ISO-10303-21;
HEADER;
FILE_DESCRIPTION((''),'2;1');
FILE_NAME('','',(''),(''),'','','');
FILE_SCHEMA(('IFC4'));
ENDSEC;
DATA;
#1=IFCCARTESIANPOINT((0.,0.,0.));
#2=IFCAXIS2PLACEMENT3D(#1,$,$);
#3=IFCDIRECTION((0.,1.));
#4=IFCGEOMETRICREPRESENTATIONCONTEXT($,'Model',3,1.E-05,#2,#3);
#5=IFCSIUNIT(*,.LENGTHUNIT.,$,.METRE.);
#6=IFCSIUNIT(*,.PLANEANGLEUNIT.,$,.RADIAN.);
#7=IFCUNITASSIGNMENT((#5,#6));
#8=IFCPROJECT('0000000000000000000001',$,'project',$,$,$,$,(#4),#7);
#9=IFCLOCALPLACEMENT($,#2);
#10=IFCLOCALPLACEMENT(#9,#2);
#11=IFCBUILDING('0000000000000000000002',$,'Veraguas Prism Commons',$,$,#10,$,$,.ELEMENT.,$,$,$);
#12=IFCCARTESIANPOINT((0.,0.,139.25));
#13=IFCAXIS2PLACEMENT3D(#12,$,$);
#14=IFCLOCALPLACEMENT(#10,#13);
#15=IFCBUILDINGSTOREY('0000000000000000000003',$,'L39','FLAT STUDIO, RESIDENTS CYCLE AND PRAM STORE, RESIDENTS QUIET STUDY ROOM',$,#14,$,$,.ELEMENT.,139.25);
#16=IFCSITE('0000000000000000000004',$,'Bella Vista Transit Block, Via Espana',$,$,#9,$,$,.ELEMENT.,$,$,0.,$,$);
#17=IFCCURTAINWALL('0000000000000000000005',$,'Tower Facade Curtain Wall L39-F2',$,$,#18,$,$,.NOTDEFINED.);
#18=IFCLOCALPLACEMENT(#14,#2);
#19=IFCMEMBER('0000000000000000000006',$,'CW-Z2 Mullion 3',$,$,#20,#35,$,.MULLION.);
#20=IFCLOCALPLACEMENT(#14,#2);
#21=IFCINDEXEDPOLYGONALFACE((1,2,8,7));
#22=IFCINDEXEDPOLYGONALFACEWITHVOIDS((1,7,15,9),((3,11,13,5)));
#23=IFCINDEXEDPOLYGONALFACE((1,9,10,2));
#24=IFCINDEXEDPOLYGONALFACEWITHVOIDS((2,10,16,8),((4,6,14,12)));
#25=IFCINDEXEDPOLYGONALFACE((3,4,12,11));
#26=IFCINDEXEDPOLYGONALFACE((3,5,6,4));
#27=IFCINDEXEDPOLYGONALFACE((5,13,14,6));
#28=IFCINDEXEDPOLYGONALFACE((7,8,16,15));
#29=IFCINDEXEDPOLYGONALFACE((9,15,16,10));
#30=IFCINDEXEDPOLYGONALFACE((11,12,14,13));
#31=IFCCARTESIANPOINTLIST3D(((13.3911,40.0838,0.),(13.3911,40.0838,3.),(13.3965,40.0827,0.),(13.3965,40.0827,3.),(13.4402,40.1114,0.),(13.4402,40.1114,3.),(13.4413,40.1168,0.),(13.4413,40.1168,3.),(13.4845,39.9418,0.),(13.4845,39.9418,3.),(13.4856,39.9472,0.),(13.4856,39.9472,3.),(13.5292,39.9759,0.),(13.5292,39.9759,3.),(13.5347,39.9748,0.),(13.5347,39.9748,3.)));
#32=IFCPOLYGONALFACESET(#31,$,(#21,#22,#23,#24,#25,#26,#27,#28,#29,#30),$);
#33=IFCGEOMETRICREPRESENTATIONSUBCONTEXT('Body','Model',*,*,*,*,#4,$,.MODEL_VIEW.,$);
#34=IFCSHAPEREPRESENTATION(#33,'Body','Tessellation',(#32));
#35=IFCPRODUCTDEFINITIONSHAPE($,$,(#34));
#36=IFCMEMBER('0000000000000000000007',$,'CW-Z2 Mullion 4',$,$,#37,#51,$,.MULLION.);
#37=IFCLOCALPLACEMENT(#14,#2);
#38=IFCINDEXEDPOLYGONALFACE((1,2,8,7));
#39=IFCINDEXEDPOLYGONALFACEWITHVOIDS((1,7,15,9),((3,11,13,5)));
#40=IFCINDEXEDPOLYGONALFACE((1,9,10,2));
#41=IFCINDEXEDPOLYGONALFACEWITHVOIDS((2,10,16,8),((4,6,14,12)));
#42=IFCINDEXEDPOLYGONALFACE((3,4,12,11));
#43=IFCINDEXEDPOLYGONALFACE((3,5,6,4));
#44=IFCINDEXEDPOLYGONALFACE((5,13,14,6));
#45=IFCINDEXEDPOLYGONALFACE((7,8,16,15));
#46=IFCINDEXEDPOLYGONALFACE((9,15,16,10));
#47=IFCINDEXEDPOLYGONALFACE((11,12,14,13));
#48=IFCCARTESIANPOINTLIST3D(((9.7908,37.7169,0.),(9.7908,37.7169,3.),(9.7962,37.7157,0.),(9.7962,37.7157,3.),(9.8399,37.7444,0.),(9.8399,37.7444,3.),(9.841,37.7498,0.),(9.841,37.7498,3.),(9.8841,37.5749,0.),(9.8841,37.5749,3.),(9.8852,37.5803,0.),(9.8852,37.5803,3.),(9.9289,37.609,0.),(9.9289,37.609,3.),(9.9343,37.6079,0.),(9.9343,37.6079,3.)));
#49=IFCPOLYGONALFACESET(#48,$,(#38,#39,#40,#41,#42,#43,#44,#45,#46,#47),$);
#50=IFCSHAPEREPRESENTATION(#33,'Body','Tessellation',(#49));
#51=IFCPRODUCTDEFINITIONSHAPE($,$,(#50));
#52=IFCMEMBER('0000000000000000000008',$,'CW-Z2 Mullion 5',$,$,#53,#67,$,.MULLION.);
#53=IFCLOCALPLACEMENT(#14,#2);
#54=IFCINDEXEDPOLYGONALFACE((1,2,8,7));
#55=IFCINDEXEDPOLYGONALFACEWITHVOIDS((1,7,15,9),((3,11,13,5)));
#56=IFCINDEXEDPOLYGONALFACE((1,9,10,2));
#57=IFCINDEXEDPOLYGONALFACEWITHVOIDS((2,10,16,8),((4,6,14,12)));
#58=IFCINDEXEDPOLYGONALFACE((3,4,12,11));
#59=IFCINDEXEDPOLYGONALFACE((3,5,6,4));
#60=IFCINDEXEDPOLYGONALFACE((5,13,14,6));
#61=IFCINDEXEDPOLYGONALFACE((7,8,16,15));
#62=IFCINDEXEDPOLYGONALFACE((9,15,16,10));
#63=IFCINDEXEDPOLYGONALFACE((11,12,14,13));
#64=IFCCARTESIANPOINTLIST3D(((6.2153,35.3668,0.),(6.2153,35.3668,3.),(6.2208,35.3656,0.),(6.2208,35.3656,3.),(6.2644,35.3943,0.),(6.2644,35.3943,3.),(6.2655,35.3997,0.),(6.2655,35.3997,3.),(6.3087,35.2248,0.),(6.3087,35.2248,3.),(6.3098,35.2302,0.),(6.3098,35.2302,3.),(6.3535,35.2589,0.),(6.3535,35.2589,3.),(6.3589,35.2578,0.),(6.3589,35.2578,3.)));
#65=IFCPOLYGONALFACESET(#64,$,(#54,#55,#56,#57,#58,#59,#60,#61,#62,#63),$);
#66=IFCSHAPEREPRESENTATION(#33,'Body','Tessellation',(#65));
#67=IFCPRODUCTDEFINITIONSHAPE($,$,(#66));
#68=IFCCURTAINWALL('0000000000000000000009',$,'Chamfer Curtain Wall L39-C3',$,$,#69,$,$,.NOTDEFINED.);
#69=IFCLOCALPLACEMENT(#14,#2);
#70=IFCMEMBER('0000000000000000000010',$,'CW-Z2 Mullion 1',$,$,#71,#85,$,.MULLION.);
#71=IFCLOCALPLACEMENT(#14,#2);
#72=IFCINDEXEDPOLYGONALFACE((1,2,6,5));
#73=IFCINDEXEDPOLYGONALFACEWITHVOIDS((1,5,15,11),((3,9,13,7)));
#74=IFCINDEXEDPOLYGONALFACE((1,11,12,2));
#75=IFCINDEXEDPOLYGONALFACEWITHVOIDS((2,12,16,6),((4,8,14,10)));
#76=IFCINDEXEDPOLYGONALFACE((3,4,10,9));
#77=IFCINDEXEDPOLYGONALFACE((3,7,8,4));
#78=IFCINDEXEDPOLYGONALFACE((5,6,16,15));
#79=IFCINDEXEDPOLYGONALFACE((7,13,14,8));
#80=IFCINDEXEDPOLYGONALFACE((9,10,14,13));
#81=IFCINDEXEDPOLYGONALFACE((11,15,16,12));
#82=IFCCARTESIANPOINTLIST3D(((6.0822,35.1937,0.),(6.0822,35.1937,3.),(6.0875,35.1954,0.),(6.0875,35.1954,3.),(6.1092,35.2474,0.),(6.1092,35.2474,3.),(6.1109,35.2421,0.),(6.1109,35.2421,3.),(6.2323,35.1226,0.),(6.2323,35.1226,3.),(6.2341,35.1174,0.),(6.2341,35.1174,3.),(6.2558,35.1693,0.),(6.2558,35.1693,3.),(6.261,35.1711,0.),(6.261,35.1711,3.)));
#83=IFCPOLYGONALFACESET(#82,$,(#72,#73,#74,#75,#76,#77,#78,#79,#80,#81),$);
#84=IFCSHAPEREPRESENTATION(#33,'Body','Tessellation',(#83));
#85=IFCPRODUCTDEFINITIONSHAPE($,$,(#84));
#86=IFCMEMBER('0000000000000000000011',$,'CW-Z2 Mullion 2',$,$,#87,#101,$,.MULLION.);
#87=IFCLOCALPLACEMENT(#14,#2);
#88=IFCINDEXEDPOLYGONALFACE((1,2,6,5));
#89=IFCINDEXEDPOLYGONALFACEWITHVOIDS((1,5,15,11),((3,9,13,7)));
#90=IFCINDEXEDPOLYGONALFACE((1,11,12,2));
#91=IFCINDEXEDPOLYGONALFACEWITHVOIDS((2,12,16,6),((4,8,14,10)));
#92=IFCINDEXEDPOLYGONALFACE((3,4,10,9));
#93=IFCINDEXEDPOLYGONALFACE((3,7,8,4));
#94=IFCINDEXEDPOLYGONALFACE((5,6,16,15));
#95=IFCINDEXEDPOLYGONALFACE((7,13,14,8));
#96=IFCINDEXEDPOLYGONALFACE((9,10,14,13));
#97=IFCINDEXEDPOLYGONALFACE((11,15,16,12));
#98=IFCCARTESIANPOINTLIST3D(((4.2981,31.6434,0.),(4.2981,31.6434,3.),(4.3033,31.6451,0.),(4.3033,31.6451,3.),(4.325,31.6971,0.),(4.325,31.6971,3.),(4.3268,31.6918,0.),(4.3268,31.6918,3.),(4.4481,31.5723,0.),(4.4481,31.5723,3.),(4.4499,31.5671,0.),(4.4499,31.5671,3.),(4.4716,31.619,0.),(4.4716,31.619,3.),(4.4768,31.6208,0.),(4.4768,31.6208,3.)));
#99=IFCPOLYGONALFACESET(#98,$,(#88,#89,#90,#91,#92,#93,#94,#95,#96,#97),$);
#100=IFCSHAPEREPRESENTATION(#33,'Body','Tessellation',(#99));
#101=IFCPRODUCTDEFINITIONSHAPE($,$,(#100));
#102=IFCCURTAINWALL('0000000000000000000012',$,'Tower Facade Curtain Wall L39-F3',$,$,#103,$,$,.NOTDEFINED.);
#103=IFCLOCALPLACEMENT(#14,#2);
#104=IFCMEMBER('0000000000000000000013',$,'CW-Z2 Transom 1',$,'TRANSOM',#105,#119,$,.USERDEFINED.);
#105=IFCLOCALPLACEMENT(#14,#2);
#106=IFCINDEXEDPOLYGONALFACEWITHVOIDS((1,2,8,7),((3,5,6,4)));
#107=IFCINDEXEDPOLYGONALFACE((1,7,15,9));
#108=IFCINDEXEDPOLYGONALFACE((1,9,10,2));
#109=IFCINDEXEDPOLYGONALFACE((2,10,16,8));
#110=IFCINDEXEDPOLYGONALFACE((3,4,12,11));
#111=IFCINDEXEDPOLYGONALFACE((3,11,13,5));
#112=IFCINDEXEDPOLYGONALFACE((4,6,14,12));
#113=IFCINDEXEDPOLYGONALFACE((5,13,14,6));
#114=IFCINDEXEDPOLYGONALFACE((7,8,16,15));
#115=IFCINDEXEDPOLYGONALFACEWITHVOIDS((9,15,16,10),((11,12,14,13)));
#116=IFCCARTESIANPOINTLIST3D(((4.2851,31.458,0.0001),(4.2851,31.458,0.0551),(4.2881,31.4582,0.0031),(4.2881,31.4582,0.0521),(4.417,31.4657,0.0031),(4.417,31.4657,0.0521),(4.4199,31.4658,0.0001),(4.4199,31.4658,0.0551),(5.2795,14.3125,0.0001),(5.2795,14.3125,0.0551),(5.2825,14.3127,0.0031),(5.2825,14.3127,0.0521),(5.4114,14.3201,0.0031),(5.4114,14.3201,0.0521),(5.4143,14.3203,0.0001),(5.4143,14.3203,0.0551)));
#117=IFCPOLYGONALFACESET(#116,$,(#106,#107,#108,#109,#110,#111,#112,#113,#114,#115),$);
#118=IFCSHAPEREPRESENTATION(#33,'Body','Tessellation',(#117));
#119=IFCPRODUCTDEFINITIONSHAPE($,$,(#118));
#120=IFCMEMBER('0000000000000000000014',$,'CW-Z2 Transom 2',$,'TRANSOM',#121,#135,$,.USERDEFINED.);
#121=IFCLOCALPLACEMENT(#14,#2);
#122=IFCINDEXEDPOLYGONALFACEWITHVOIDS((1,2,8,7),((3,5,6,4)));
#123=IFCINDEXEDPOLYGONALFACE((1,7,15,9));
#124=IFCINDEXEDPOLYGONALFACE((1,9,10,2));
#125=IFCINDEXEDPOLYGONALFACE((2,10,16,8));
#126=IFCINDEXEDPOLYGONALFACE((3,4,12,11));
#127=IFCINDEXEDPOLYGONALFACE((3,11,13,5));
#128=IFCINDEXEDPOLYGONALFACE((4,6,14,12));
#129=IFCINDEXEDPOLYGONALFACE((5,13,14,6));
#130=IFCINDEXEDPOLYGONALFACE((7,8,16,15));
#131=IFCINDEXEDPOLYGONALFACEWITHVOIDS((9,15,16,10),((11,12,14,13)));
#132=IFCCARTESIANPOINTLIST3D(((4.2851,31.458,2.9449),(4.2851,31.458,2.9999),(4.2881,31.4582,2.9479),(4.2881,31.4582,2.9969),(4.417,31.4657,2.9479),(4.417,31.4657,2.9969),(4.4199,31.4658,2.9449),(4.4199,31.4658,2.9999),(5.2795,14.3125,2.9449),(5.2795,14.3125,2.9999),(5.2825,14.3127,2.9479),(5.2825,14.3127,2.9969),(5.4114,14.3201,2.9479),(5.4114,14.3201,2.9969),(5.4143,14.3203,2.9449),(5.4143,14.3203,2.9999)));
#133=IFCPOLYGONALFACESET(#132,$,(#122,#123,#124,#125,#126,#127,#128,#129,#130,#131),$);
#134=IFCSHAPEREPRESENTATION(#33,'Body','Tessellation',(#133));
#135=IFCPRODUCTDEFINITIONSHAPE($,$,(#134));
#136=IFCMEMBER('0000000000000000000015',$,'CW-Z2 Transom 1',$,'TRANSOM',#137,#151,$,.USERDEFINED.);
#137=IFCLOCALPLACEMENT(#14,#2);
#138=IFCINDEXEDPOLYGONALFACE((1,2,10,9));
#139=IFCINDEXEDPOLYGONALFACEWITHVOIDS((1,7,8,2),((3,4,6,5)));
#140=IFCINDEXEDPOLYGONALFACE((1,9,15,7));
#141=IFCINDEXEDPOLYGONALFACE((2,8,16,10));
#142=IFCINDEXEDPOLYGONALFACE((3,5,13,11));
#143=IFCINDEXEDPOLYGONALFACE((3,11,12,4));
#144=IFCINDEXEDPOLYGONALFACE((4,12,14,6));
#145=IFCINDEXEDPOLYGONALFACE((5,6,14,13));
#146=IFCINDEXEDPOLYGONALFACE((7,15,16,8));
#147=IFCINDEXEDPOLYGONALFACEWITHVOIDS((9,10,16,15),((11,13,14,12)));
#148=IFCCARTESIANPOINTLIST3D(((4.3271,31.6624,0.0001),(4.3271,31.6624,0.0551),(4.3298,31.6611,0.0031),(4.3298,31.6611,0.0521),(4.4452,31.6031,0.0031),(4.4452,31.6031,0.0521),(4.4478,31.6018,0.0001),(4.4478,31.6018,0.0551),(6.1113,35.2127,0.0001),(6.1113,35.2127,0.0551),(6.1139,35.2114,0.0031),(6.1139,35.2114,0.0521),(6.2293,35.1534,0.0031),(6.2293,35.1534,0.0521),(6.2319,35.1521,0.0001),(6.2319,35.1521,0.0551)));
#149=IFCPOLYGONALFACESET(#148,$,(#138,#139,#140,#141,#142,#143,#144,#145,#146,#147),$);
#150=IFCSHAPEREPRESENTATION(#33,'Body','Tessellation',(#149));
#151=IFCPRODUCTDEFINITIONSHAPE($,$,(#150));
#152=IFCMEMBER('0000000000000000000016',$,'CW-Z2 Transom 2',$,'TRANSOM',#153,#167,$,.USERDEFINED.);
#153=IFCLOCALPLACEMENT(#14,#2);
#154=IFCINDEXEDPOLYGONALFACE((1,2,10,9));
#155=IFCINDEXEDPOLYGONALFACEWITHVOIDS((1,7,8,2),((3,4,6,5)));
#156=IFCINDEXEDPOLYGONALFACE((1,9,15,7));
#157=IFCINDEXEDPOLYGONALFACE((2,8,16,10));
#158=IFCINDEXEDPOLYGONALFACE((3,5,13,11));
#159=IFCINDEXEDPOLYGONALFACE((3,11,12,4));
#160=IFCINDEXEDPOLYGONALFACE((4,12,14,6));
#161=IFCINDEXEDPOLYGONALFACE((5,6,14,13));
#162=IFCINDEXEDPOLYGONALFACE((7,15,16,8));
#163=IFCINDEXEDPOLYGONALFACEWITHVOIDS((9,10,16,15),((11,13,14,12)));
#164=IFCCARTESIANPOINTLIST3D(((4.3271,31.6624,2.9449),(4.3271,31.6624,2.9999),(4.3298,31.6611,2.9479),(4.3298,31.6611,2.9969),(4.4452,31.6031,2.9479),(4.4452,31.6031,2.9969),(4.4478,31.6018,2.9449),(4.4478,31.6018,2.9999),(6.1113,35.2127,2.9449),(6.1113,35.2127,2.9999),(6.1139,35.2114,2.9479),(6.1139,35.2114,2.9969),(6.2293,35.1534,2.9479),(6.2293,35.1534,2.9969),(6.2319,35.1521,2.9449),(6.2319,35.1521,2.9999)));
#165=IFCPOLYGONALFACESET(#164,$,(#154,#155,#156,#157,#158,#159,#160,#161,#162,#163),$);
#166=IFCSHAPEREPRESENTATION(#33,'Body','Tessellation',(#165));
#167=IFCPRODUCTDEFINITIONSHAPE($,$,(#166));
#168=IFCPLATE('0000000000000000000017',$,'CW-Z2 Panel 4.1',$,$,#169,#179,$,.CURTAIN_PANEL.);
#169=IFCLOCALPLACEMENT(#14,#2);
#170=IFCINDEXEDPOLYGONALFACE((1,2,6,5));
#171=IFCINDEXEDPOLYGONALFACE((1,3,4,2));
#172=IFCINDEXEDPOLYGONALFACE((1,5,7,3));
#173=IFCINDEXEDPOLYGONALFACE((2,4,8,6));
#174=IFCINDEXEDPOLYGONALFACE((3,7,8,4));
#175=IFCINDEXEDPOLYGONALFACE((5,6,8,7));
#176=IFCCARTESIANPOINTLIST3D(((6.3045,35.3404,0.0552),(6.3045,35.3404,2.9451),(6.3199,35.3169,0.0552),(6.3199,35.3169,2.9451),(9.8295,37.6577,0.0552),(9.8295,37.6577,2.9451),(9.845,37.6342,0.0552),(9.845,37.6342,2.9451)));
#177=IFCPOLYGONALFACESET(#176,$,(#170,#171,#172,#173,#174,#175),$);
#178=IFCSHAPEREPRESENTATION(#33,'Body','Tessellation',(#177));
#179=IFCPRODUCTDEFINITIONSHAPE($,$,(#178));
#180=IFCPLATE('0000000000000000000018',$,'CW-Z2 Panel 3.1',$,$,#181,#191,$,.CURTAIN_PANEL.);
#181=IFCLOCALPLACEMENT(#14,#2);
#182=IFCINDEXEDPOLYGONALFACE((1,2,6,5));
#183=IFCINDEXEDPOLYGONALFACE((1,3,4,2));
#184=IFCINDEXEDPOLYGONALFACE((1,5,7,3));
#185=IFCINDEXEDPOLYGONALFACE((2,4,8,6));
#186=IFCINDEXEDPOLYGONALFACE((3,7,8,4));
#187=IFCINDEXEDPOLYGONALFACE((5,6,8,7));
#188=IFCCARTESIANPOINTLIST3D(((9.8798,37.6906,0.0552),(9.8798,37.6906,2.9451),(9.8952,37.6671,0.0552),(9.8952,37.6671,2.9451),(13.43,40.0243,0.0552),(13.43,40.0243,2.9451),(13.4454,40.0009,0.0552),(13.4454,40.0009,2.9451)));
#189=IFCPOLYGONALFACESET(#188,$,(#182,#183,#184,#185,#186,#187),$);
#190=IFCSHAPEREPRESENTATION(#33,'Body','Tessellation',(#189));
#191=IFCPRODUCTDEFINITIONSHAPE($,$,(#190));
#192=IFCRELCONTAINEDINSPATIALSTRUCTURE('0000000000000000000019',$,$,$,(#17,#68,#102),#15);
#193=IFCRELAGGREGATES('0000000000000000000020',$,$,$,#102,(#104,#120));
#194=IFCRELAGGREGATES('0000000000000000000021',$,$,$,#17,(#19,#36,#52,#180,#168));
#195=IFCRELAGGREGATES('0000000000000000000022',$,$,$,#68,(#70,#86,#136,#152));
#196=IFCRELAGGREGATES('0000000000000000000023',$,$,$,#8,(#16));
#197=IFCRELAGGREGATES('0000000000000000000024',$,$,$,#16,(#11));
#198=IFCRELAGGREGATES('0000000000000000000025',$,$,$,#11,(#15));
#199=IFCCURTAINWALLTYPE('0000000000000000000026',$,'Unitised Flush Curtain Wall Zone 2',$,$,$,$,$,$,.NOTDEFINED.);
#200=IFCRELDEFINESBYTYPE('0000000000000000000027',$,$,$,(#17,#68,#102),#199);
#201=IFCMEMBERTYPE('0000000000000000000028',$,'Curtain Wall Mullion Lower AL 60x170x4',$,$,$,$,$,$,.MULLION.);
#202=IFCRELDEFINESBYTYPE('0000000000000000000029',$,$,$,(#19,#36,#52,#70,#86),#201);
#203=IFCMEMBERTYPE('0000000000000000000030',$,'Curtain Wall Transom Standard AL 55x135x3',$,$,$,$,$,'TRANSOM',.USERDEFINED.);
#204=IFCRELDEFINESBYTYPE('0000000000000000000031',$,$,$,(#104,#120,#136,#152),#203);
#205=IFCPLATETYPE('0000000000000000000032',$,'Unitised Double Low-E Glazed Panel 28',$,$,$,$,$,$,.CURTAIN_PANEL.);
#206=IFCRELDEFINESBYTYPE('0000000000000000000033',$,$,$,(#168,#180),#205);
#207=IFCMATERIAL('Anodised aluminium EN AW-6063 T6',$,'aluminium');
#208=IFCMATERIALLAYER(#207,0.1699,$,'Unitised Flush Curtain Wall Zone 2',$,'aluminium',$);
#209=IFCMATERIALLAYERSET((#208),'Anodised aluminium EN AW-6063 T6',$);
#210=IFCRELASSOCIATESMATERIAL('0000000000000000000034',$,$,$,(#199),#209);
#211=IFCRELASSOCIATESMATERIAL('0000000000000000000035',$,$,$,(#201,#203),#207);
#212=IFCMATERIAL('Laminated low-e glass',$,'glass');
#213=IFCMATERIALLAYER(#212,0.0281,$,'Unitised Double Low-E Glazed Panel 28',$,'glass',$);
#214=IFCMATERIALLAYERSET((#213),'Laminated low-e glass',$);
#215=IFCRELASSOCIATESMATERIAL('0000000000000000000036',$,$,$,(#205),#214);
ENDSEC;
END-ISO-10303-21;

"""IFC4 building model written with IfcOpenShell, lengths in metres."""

from ifc_helpers import new_model, si_unit, direction, frame, origin, origin_2d, place, context, subcontext, project, spatial, rectangle, hollow_rectangle, extrude, source, transform, mapped, material, layer, layer_set, material_profile, profile_set, type_object, element, aggregate, save


model = new_model("IFC4")

# Units and contexts
model_context = context("Model", 3, precision=1e-05, world=origin(), true_north=direction((0.0, 1.0)))
body_context = subcontext(model_context, "Body", "Model", "MODEL_VIEW")
ifc_project = project(units=[si_unit("LENGTHUNIT", "METRE"), si_unit("PLANEANGLEUNIT", "RADIAN")], contexts=[model_context])

# Site, building, storey
site_placement = place(None, origin())
site = spatial("IfcSite", under=ifc_project, at=site_placement, Name="Bella Vista Transit Block, Via Espana", CompositionType="ELEMENT", RefElevation=0.0)
building_placement = place(site_placement, origin())
building = spatial("IfcBuilding", under=site, at=building_placement, Name="Veraguas Prism Commons", CompositionType="ELEMENT")
storey_placement = place(building_placement, frame((0.0, 0.0, 139.25)))
storey = spatial("IfcBuildingStorey", under=building, at=storey_placement, Name="L39", Description="FLAT STUDIO, RESIDENTS CYCLE AND PRAM STORE, RESIDENTS QUIET STUDY ROOM", CompositionType="ELEMENT", Elevation=139.25)

# Curtain walls, members
ifc_material_1 = material(Name="Anodised aluminium EN AW-6063 T6", Category="aluminium")
ifc_layer_1 = layer(ifc_material_1, 0.1699, Name="Unitised Flush Curtain Wall Zone 2", Category="aluminium")
ifc_layer_set_1 = layer_set([ifc_layer_1], Name="Anodised aluminium EN AW-6063 T6")
curtain_wall_type = type_object("IfcCurtainWallType", Name="Unitised Flush Curtain Wall Zone 2", PredefinedType="NOTDEFINED", material=ifc_layer_set_1)
curtain_wall_1_placement = place(storey_placement, origin())
curtain_wall_1 = element("IfcCurtainWall", 1, at=curtain_wall_1_placement, inside=storey, type_object=curtain_wall_type, Name="Tower Facade Curtain Wall L39-F2", PredefinedType="NOTDEFINED")
ifc_material_profile_1 = material_profile(ifc_material_1, hollow_rectangle(XDim=0.0601, YDim=0.1699, WallThickness=0.0039, at=origin_2d()), Name="AL60X170X4")
ifc_profile_set_1 = profile_set([ifc_material_profile_1], Name="Anodised aluminium EN AW-6063 T6")
member_type_1 = type_object("IfcMemberType", Name="Curtain Wall Mullion Lower AL 60x170x4", PredefinedType="MULLION", material=ifc_profile_set_1)
shared_shape_1 = source(origin(), body_context, "Body", "SweptSolid", [
    extrude(hollow_rectangle(XDim=0.0601, YDim=0.1699, WallThickness=0.0039, at=origin_2d()), origin(), (0.0, 0.0, 1.0), 3.0),
])
member_1_placement = place(storey_placement, frame((13.4629, 40.0293, 0.0), z_axis=(0.0, 0.0, 1.0), x_axis=(-0.83562, -0.549309, 0.0)))
member_1 = element("IfcMember", 2, at=member_1_placement, type_object=member_type_1, Name="CW-Z2 Mullion 3", PredefinedType="MULLION", context=body_context, shape_type="MappedRepresentation", body=[
    mapped(shared_shape_1, transform((0.0, 0.0, 0.0), scale=1.0)),
])
member_2_placement = place(storey_placement, frame((9.8625, 37.6624, 0.0), z_axis=(0.0, 0.0, 1.0), x_axis=(-0.83562, -0.549309, 0.0)))
member_2 = element("IfcMember", 3, at=member_2_placement, type_object=member_type_1, Name="CW-Z2 Mullion 4", PredefinedType="MULLION", context=body_context, shape_type="MappedRepresentation", body=[
    mapped(shared_shape_1, transform((0.0, 0.0, 0.0), scale=1.0)),
])
member_3_placement = place(storey_placement, frame((6.2871, 35.3123, 0.0), z_axis=(0.0, 0.0, 1.0), x_axis=(-0.83562, -0.549309, 0.0)))
member_3 = element("IfcMember", 4, at=member_3_placement, type_object=member_type_1, Name="CW-Z2 Mullion 5", PredefinedType="MULLION", context=body_context, shape_type="MappedRepresentation", body=[
    mapped(shared_shape_1, transform((0.0, 0.0, 0.0), scale=1.0)),
])
curtain_wall_2_placement = place(storey_placement, origin())
curtain_wall_2 = element("IfcCurtainWall", 5, at=curtain_wall_2_placement, inside=storey, type_object=curtain_wall_type, Name="Chamfer Curtain Wall L39-C3", PredefinedType="NOTDEFINED")
member_4_placement = place(storey_placement, frame((6.1716, 35.1824, 0.0), z_axis=(0.0, 0.0, 1.0), x_axis=(-0.449018, -0.893523, 0.0)))
member_4 = element("IfcMember", 6, at=member_4_placement, type_object=member_type_1, Name="CW-Z2 Mullion 1", PredefinedType="MULLION", context=body_context, shape_type="MappedRepresentation", body=[
    mapped(shared_shape_1, transform((0.0, 0.0, 0.0), scale=1.0)),
])
member_5_placement = place(storey_placement, frame((4.3875, 31.6321, 0.0), z_axis=(0.0, 0.0, 1.0), x_axis=(-0.449018, -0.893523, 0.0)))
member_5 = element("IfcMember", 7, at=member_5_placement, type_object=member_type_1, Name="CW-Z2 Mullion 2", PredefinedType="MULLION", context=body_context, shape_type="MappedRepresentation", body=[
    mapped(shared_shape_1, transform((0.0, 0.0, 0.0), scale=1.0)),
])
curtain_wall_3_placement = place(storey_placement, origin())
curtain_wall_3 = element("IfcCurtainWall", 8, at=curtain_wall_3_placement, inside=storey, type_object=curtain_wall_type, Name="Tower Facade Curtain Wall L39-F3", PredefinedType="NOTDEFINED")
ifc_material_profile_2 = material_profile(ifc_material_1, hollow_rectangle(XDim=0.0549, YDim=0.135, WallThickness=0.0029, at=origin_2d()), Name="AL55X135X3")
ifc_profile_set_2 = profile_set([ifc_material_profile_2], Name="Anodised aluminium EN AW-6063 T6")
member_type_2 = type_object("IfcMemberType", Name="Curtain Wall Transom Standard AL 55x135x3", ElementType="TRANSOM", PredefinedType="USERDEFINED", material=ifc_profile_set_2)
shared_shape_2 = source(origin(), body_context, "Body", "SweptSolid", [
    extrude(hollow_rectangle(XDim=0.0549, YDim=0.135, WallThickness=0.0029, at=origin_2d()), origin(), (0.0, 0.0, 1.0), 17.1743),
])
member_6_placement = place(storey_placement, frame((4.3525, 31.4619, 0.0276), z_axis=(0.0579, -0.998322, 0.0), x_axis=(0.0, 0.0, 1.0)))
member_6 = element("IfcMember", 9, at=member_6_placement, type_object=member_type_2, Name="CW-Z2 Transom 1", ObjectType="TRANSOM", PredefinedType="USERDEFINED", context=body_context, shape_type="MappedRepresentation", body=[
    mapped(shared_shape_2, transform((0.0, 0.0, 0.0), scale=1.0)),
])
member_7_placement = place(storey_placement, frame((4.3525, 31.4619, 2.9724), z_axis=(0.0579, -0.998322, 0.0), x_axis=(0.0, 0.0, 1.0)))
member_7 = element("IfcMember", 10, at=member_7_placement, type_object=member_type_2, Name="CW-Z2 Transom 2", ObjectType="TRANSOM", PredefinedType="USERDEFINED", context=body_context, shape_type="MappedRepresentation", body=[
    mapped(shared_shape_2, transform((0.0, 0.0, 0.0), scale=1.0)),
])
aggregate(curtain_wall_3, [member_6, member_7])

# Members
shared_shape_3 = source(origin(), body_context, "Body", "SweptSolid", [
    extrude(hollow_rectangle(XDim=0.0549, YDim=0.135, WallThickness=0.0029, at=origin_2d()), origin(), (0.0, 0.0, 1.0), 3.9734),
])
member_8_placement = place(storey_placement, frame((6.1716, 35.1824, 0.0276), z_axis=(-0.449031, -0.893516, 0.0), x_axis=(0.0, 0.0, 1.0)))
member_8 = element("IfcMember", 11, at=member_8_placement, type_object=member_type_2, Name="CW-Z2 Transom 1", ObjectType="TRANSOM", PredefinedType="USERDEFINED", context=body_context, shape_type="MappedRepresentation", body=[
    mapped(shared_shape_3, transform((0.0, 0.0, 0.0), scale=1.0)),
])
member_9_placement = place(storey_placement, frame((6.1716, 35.1824, 2.9724), z_axis=(-0.449031, -0.893516, 0.0), x_axis=(0.0, 0.0, 1.0)))
member_9 = element("IfcMember", 12, at=member_9_placement, type_object=member_type_2, Name="CW-Z2 Transom 2", ObjectType="TRANSOM", PredefinedType="USERDEFINED", context=body_context, shape_type="MappedRepresentation", body=[
    mapped(shared_shape_3, transform((0.0, 0.0, 0.0), scale=1.0)),
])

# Plates
ifc_material_2 = material(Name="Laminated low-e glass", Category="glass")
ifc_layer_2 = layer(ifc_material_2, 0.0281, Name="Unitised Double Low-E Glazed Panel 28", Category="glass")
ifc_layer_set_2 = layer_set([ifc_layer_2], Name="Laminated low-e glass")
plate_type = type_object("IfcPlateType", Name="Unitised Double Low-E Glazed Panel 28", PredefinedType="CURTAIN_PANEL", material=ifc_layer_set_2)
shared_shape_4 = source(origin(), body_context, "Body", "SweptSolid", [
    extrude(rectangle(XDim=4.2185, YDim=0.0281, at=origin_2d()), origin(), (0.0, 0.0, 1.0), 2.8899),
])
plate_1_placement = place(storey_placement, frame((8.0747, 36.4873, 0.0552), z_axis=(0.0, 0.0, 1.0), x_axis=(-0.83562, -0.549309, 0.0)))
plate_1 = element("IfcPlate", 13, at=plate_1_placement, type_object=plate_type, Name="CW-Z2 Panel 4.1", PredefinedType="CURTAIN_PANEL", context=body_context, shape_type="MappedRepresentation", body=[
    mapped(shared_shape_4, transform((0.0, 0.0, 0.0), scale=1.0)),
])
shared_shape_5 = source(origin(), body_context, "Body", "SweptSolid", [
    extrude(rectangle(XDim=4.2485, YDim=0.0281, at=origin_2d()), origin(), (0.0, 0.0, 1.0), 2.8899),
])
plate_2_placement = place(storey_placement, frame((11.6626, 38.8457, 0.0552), z_axis=(0.0, 0.0, 1.0), x_axis=(-0.83562, -0.549309, 0.0)))
plate_2 = element("IfcPlate", 14, at=plate_2_placement, type_object=plate_type, Name="CW-Z2 Panel 3.1", PredefinedType="CURTAIN_PANEL", context=body_context, shape_type="MappedRepresentation", body=[
    mapped(shared_shape_5, transform((0.0, 0.0, 0.0), scale=1.0)),
])
aggregate(curtain_wall_1, [member_1, member_2, member_3, plate_2, plate_1])
aggregate(curtain_wall_2, [member_4, member_5, member_8, member_9])

save(model, "model.ifc")
